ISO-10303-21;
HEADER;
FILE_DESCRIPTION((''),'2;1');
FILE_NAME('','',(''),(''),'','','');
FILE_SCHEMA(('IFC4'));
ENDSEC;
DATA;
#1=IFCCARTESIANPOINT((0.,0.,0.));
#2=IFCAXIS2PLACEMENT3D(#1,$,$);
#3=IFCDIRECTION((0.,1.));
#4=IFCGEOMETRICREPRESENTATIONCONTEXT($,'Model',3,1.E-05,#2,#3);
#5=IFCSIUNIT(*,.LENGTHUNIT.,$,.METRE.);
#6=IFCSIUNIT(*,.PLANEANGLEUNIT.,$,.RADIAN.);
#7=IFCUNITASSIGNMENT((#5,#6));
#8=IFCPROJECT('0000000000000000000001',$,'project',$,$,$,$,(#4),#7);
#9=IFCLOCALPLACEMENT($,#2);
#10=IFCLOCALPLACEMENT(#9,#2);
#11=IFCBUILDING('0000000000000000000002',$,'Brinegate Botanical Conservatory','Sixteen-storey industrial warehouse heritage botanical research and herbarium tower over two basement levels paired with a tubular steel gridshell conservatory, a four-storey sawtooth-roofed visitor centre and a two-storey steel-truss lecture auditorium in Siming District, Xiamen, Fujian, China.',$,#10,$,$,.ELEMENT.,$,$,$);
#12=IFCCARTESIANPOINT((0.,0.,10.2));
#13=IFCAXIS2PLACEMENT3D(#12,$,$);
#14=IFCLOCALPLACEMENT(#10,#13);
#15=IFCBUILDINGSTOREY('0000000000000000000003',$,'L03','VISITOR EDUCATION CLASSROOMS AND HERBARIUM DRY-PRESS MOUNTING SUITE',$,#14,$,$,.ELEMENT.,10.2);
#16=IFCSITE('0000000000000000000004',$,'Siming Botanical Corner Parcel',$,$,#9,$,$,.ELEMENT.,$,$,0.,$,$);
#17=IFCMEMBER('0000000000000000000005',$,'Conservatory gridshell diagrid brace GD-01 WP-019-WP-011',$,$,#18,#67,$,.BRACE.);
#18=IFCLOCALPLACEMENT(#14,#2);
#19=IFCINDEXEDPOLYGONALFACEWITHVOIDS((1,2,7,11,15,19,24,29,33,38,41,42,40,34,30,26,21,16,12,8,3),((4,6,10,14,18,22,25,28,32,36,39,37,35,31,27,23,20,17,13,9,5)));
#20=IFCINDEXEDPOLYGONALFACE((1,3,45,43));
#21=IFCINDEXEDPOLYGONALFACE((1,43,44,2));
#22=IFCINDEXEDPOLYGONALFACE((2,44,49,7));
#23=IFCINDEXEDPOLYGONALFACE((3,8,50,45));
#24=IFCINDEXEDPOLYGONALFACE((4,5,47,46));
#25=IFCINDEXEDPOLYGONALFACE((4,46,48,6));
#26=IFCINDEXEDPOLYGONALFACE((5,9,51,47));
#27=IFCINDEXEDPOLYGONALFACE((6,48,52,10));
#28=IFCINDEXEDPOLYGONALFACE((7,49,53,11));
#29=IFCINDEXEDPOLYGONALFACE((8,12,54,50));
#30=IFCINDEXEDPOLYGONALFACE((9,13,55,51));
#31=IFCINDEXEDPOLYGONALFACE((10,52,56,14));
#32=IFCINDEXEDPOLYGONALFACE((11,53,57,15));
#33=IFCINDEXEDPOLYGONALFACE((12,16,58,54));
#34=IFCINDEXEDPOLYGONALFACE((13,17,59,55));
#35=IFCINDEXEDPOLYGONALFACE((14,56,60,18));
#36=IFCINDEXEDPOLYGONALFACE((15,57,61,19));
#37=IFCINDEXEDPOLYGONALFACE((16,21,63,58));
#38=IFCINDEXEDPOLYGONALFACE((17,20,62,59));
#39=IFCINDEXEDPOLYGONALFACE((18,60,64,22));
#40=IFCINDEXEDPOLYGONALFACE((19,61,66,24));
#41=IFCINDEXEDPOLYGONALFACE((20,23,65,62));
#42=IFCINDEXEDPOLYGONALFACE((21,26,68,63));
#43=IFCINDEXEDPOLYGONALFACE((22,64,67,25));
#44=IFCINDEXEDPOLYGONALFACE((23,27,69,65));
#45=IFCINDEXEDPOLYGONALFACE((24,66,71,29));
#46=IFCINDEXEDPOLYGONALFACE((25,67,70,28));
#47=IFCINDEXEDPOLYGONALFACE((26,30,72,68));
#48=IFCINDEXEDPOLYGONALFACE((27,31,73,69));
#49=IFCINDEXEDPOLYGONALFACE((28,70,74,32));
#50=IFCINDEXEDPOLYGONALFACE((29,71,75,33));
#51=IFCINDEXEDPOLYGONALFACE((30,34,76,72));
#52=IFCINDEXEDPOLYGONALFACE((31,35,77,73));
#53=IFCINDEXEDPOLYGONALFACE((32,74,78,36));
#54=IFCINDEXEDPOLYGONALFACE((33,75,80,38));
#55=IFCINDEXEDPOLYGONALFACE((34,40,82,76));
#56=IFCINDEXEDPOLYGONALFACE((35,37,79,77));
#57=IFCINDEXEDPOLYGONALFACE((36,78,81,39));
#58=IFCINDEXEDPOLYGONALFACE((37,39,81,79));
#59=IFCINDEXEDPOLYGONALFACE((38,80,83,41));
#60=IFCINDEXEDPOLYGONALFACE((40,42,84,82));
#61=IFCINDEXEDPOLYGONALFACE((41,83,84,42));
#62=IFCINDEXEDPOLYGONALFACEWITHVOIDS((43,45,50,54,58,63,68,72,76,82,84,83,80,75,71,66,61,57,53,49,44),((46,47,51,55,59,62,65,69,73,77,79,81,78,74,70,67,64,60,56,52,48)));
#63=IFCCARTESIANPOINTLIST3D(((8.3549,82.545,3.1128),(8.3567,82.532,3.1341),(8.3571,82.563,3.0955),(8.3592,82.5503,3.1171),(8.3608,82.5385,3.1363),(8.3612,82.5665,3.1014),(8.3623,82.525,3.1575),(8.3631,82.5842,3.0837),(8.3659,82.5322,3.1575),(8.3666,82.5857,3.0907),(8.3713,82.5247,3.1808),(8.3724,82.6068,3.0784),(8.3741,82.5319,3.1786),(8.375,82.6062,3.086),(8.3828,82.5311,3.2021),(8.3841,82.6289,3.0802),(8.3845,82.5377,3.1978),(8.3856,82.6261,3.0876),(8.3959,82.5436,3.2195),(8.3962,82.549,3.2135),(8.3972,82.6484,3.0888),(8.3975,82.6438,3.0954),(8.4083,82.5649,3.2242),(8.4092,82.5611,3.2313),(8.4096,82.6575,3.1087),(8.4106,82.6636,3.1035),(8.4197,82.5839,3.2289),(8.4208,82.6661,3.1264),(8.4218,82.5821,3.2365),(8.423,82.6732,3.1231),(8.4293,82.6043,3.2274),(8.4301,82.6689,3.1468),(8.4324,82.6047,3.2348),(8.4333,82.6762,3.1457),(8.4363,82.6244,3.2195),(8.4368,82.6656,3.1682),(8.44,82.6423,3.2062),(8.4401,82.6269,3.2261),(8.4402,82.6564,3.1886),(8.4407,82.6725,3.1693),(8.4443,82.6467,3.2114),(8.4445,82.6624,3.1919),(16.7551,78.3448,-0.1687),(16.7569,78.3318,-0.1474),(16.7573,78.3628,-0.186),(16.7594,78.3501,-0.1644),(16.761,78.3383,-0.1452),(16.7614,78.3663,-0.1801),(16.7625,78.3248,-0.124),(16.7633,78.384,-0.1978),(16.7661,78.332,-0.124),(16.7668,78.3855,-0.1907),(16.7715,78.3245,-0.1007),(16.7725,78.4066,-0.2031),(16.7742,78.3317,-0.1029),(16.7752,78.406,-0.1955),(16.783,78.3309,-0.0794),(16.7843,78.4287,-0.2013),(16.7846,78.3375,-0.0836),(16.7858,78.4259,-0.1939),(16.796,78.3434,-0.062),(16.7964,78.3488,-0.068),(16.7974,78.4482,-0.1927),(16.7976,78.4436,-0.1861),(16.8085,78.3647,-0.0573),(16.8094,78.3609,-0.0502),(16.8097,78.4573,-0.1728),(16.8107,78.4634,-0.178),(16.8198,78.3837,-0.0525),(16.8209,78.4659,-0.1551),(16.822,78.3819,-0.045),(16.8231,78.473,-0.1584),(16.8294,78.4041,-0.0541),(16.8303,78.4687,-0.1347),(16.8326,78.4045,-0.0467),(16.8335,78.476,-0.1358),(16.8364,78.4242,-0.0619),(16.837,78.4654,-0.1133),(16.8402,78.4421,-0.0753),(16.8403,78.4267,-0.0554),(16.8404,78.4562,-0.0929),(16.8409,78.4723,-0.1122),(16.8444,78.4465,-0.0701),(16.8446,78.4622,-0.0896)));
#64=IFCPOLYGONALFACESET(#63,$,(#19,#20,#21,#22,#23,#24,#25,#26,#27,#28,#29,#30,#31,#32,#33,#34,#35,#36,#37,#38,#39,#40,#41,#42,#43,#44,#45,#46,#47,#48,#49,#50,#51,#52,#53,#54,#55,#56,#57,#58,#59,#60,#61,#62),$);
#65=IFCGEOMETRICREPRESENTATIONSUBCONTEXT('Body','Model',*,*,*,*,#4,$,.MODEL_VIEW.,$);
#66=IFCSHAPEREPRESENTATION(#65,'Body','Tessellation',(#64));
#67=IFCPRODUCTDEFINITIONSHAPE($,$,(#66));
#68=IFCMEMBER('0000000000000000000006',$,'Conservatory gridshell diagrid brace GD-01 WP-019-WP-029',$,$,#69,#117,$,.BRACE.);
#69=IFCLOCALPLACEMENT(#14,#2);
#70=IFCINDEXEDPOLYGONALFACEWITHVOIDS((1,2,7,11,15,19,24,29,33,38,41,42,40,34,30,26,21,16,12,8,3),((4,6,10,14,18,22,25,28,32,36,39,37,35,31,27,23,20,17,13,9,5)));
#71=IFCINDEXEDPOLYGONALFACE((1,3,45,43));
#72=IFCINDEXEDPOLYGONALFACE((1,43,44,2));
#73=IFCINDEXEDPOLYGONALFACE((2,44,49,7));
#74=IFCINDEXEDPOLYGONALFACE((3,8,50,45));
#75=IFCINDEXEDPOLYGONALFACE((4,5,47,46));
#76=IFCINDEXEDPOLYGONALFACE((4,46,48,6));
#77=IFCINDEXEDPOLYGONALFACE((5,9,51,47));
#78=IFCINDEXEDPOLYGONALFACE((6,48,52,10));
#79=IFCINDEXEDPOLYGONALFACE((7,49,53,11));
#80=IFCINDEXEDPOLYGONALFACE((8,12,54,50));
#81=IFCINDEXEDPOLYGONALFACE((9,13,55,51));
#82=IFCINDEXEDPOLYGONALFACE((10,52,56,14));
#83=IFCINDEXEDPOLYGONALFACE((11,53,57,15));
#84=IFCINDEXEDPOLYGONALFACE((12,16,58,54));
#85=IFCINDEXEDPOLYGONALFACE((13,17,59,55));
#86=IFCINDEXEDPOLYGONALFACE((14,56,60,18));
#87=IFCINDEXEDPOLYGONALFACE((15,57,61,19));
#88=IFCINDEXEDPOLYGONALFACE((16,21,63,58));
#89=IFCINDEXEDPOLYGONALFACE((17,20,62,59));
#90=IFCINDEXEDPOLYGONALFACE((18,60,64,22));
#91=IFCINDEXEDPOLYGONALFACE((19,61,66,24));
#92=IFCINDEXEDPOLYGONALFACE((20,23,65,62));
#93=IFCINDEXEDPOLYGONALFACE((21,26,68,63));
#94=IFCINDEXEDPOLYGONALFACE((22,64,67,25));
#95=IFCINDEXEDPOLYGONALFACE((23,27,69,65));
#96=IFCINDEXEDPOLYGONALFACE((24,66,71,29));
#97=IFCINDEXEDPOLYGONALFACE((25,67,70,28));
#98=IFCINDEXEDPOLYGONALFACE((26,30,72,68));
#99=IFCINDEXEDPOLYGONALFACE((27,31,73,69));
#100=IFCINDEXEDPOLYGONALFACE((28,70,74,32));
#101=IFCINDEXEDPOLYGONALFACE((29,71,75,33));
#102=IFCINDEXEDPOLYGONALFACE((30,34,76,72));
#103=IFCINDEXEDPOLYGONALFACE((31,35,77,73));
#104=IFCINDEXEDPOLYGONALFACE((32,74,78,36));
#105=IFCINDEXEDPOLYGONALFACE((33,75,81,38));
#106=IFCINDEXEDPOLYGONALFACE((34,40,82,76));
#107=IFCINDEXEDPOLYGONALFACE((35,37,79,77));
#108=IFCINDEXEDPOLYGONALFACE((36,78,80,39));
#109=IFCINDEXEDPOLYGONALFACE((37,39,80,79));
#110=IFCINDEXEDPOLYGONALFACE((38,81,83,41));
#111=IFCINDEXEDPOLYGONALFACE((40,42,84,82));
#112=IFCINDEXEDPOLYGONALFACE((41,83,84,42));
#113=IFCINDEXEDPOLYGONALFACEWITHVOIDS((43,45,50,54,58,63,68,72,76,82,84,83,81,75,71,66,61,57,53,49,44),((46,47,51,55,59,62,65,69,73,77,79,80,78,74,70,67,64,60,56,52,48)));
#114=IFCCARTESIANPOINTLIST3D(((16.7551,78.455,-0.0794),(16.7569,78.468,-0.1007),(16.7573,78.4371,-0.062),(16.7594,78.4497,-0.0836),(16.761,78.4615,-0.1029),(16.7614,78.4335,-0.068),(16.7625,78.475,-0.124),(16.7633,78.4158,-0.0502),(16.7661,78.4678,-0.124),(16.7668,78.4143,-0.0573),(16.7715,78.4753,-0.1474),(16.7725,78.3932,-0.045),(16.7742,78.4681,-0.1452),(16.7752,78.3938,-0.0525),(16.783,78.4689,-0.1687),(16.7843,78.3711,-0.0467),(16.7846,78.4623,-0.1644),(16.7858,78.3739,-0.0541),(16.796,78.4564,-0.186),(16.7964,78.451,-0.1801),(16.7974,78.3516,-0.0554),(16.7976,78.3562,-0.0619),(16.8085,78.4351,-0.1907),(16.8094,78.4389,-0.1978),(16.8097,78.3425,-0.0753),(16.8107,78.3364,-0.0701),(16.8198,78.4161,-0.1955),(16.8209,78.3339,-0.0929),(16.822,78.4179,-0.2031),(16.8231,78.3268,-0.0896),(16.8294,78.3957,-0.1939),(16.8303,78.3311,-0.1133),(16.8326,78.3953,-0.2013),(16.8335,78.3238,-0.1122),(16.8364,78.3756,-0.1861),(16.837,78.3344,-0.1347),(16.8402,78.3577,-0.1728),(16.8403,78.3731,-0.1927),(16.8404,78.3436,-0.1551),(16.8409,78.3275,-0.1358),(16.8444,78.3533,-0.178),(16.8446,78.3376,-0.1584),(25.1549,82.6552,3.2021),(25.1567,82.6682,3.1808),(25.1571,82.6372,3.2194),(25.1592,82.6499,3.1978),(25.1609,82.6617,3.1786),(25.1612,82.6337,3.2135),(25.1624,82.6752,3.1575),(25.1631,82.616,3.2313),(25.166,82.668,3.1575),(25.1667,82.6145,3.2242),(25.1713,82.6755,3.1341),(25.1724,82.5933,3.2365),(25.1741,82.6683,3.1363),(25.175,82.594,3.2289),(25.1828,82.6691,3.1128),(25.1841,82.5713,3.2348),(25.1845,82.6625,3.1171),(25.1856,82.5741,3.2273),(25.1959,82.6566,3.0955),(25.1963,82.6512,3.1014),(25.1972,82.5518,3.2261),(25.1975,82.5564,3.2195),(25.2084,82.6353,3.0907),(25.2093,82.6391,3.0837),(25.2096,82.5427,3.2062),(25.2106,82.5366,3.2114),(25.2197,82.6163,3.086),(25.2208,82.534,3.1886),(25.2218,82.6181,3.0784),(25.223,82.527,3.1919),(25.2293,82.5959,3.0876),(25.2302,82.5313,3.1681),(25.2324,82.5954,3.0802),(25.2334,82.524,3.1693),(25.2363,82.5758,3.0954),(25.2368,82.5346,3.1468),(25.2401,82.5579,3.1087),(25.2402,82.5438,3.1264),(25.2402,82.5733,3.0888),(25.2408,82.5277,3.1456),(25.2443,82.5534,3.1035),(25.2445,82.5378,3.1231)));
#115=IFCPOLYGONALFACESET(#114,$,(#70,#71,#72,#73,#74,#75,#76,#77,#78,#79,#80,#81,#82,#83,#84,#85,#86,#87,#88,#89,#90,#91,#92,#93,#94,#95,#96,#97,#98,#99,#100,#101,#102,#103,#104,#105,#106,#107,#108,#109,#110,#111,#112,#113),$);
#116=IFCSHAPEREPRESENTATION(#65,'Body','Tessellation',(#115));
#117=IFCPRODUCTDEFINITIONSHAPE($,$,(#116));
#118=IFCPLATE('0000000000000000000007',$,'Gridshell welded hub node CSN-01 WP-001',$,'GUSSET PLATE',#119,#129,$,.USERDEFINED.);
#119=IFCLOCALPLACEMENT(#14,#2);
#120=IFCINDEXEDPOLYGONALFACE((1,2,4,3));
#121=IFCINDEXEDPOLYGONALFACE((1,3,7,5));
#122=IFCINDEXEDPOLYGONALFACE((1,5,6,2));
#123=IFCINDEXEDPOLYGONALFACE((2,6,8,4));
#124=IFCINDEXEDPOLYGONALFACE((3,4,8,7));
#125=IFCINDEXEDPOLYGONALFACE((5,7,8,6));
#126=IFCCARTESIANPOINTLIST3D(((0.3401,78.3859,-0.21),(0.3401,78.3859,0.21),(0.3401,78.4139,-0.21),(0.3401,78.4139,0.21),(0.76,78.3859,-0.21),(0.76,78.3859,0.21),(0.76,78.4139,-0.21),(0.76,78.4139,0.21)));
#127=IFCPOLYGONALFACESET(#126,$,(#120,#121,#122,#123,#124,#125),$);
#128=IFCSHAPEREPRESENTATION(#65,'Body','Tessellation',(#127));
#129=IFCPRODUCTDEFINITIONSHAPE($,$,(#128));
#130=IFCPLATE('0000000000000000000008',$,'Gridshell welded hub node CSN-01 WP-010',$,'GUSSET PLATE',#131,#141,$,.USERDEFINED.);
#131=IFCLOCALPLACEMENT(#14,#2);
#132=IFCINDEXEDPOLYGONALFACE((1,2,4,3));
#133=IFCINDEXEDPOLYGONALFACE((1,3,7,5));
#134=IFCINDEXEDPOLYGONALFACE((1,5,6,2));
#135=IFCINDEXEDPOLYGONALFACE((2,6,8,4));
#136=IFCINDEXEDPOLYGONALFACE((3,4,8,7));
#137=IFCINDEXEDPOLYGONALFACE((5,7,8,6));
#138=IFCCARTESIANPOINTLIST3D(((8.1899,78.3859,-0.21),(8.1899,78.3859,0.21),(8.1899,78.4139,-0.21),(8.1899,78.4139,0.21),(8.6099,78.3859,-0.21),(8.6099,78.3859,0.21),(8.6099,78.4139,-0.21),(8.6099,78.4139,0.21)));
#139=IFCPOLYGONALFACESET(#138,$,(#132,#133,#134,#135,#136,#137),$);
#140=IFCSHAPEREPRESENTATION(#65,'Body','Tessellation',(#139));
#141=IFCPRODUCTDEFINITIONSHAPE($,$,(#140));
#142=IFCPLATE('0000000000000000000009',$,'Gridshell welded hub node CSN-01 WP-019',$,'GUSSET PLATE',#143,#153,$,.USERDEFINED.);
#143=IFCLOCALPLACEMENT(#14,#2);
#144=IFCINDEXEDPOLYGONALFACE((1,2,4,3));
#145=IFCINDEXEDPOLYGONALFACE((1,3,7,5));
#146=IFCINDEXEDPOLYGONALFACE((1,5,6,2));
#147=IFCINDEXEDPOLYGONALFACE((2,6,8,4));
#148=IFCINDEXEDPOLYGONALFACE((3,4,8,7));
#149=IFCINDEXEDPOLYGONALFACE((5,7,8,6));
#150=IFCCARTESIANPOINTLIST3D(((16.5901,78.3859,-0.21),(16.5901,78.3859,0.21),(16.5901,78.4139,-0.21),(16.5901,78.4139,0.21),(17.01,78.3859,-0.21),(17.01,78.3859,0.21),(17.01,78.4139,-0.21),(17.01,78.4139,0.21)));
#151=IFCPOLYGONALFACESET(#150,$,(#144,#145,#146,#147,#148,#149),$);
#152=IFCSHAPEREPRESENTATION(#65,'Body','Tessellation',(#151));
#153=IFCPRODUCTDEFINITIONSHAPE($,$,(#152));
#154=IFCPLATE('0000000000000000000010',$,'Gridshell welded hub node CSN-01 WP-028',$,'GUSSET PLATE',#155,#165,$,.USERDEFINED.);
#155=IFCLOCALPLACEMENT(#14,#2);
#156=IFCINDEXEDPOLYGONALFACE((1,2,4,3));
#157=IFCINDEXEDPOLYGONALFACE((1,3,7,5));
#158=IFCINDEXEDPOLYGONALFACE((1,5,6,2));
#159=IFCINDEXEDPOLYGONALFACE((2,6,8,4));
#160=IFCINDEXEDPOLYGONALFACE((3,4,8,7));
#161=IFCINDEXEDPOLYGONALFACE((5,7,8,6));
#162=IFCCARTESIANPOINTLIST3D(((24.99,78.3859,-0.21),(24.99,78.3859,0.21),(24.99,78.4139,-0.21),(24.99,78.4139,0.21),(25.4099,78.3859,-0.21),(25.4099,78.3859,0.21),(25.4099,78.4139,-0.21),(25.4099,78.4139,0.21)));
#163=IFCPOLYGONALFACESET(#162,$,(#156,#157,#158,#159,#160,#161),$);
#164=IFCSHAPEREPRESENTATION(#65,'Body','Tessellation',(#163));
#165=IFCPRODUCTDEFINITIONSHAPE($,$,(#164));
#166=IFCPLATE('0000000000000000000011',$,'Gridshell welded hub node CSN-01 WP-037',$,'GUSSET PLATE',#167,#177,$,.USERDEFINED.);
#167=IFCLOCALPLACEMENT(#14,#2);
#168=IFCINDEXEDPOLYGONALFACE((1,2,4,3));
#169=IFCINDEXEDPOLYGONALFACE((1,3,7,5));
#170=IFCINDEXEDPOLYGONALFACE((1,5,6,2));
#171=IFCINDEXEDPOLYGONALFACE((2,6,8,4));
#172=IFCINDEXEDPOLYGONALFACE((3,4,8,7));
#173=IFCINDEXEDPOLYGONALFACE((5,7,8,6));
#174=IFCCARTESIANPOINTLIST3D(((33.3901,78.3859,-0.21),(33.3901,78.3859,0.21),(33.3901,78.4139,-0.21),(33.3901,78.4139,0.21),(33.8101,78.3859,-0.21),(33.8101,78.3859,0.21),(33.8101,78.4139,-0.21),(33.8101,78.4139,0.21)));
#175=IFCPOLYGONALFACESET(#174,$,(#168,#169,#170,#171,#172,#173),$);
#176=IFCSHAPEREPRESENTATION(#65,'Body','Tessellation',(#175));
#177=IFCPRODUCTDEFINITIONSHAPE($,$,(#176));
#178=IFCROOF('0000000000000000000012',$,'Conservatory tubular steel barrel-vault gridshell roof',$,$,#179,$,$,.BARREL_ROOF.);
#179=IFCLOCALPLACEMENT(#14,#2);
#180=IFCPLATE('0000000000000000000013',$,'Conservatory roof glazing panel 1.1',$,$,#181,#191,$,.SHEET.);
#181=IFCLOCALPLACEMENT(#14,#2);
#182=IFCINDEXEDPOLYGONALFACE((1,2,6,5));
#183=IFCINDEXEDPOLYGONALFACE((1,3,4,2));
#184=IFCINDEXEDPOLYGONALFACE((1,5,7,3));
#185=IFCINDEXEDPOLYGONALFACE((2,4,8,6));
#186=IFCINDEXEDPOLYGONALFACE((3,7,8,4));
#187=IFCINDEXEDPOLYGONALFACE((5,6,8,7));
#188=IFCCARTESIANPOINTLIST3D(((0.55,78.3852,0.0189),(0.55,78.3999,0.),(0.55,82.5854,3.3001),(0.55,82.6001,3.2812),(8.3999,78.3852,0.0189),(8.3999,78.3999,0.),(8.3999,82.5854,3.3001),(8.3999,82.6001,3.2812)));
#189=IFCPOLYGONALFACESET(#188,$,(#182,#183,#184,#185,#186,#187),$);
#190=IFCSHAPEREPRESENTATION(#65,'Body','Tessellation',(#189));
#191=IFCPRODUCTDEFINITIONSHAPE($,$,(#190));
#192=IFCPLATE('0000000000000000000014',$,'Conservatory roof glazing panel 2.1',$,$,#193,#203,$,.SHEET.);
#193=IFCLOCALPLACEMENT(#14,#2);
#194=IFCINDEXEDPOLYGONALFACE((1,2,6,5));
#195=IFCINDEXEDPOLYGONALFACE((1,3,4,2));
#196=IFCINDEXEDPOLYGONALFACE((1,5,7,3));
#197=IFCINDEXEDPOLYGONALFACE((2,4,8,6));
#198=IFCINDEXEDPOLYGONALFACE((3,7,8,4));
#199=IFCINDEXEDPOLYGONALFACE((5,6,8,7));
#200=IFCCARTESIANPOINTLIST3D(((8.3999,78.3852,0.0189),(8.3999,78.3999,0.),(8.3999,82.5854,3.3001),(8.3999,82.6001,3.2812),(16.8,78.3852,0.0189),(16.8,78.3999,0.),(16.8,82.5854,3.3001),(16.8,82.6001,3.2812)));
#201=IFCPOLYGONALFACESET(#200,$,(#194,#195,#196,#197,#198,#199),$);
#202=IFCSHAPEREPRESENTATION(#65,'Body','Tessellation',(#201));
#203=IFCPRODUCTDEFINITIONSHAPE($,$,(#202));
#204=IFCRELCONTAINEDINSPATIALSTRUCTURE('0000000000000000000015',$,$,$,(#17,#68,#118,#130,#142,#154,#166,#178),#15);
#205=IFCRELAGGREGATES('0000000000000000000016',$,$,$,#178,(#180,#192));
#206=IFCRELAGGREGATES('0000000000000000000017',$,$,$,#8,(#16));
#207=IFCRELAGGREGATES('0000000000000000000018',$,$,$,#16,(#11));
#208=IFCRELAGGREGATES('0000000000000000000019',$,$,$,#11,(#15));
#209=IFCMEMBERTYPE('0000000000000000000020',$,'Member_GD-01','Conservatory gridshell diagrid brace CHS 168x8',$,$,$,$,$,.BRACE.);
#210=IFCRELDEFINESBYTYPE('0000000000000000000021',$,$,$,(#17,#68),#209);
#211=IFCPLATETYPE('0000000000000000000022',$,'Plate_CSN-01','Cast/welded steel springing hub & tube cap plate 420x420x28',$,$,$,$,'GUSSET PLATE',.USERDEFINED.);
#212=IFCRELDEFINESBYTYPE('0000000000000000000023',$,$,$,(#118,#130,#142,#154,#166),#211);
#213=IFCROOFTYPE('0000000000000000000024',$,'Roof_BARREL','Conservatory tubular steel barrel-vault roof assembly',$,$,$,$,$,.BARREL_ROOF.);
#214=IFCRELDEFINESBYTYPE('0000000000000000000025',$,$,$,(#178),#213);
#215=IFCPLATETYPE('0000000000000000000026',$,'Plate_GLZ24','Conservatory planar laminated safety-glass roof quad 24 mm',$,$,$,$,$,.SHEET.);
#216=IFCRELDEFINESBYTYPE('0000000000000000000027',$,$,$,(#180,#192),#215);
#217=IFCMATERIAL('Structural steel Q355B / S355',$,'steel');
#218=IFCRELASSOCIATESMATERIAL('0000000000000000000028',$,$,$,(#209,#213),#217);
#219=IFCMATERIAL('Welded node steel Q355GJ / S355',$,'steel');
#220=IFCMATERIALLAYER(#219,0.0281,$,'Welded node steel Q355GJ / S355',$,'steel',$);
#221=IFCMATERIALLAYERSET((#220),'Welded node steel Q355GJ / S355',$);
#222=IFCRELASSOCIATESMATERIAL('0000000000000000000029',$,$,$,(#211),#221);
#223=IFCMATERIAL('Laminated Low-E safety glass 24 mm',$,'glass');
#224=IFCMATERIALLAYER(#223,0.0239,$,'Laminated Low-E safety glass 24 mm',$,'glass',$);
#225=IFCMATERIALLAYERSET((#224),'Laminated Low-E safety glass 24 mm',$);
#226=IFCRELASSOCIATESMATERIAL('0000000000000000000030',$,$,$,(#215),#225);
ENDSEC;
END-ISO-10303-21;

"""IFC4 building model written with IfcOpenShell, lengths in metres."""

from ifc_helpers import new_model, si_unit, direction, frame, origin, origin_2d, place, context, subcontext, project, spatial, polyline, rectangle, hollow_circle, outline, extrude, material, layer, layer_set, material_profile, profile_set, type_object, element, aggregate, save


model = new_model("IFC4")

# Units and contexts
model_context = context("Model", 3, precision=1e-05, world=origin(), true_north=direction((0.0, 1.0)))
body_context = subcontext(model_context, "Body", "Model", "MODEL_VIEW")
ifc_project = project(units=[si_unit("LENGTHUNIT", "METRE"), si_unit("PLANEANGLEUNIT", "RADIAN")], contexts=[model_context])

# Site, building, storey
site_placement = place(None, origin())
site = spatial("IfcSite", under=ifc_project, at=site_placement, Name="Siming Botanical Corner Parcel", CompositionType="ELEMENT", RefElevation=0.0)
building_placement = place(site_placement, origin())
building = spatial("IfcBuilding", under=site, at=building_placement, Name="Brinegate Botanical Conservatory", Description="Sixteen-storey industrial warehouse heritage botanical research and herbarium tower over two basement levels paired with a tubular steel gridshell conservatory, a four-storey sawtooth-roofed visitor centre and a two-storey steel-truss lecture auditorium in Siming District, Xiamen, Fujian, China.", CompositionType="ELEMENT")
storey_placement = place(building_placement, frame((0.0, 0.0, 10.2)))
storey = spatial("IfcBuildingStorey", under=building, at=storey_placement, Name="L03", Description="VISITOR EDUCATION CLASSROOMS AND HERBARIUM DRY-PRESS MOUNTING SUITE", CompositionType="ELEMENT", Elevation=10.2)

# Shared definitions
ifc_material_1 = material(Name="Structural steel Q355B / S355", Category="steel")

# Members
ifc_material_profile_1 = material_profile(ifc_material_1, hollow_circle(Radius=0.084, WallThickness=0.0081, at=origin_2d()), Name="CHS 168x8")
ifc_profile_set_1 = profile_set([ifc_material_profile_1], Name="Structural steel Q355B / S355")
member_type = type_object("IfcMemberType", Name="Member_GD-01", Description="Conservatory gridshell diagrid brace CHS 168x8", PredefinedType="BRACE", material=ifc_profile_set_1)
member_1_placement = place(storey_placement, frame((16.8, 78.3999, -0.124), z_axis=(-0.844365, 0.422195, 0.329849), x_axis=(-0.447224, -0.894422, 0.0)))
element("IfcMember", 1, at=member_1_placement, inside=storey, type_object=member_type, Name="Conservatory gridshell diagrid brace GD-01 WP-019-WP-011", PredefinedType="BRACE", context=body_context, shape_type="SweptSolid", body=[
    extrude(hollow_circle(Radius=0.084, WallThickness=0.0081, at=origin_2d()), origin(), (0.0, 0.0, 1.0), 9.9485),
])
member_2_placement = place(storey_placement, frame((16.8, 78.3999, -0.124), z_axis=(0.844358, 0.422203, 0.329856), x_axis=(-0.447234, 0.894417, 0.0)))
element("IfcMember", 2, at=member_2_placement, inside=storey, type_object=member_type, Name="Conservatory gridshell diagrid brace GD-01 WP-019-WP-029", PredefinedType="BRACE", context=body_context, shape_type="SweptSolid", body=[
    extrude(hollow_circle(Radius=0.084, WallThickness=0.0081, at=origin_2d()), origin(), (0.0, 0.0, 1.0), 9.9482),
])

# Plates
ifc_material_2 = material(Name="Welded node steel Q355GJ / S355", Category="steel")
ifc_layer_1 = layer(ifc_material_2, 0.0281, Name="Welded node steel Q355GJ / S355", Category="steel")
ifc_layer_set_1 = layer_set([ifc_layer_1], Name="Welded node steel Q355GJ / S355")
plate_type_1 = type_object("IfcPlateType", Name="Plate_CSN-01", Description="Cast/welded steel springing hub & tube cap plate 420x420x28", ElementType="GUSSET PLATE", PredefinedType="USERDEFINED", material=ifc_layer_set_1)
for number, where, z_axis, x_axis, name in (
    (3, (0.55, 78.3999, -0.21), (0.0, 0.0, 1.0), (1.0, 0.0, 0.0), "Gridshell welded hub node CSN-01 WP-001"),
    (4, (8.3999, 78.3999, -0.21), (0.0, 0.0, 1.0), (1.0, 0.0, 0.0), "Gridshell welded hub node CSN-01 WP-010"),
    (5, (16.8, 78.3999, -0.21), (0.0, 0.0, 1.0), (1.0, 0.0, 0.0), "Gridshell welded hub node CSN-01 WP-019"),
    (6, (25.2, 78.3999, -0.21), (0.0, 0.0, 1.0), (1.0, 0.0, 0.0), "Gridshell welded hub node CSN-01 WP-028"),
    (7, (33.6001, 78.3999, -0.21), (0.0, 0.0, 1.0), (1.0, 0.0, 0.0), "Gridshell welded hub node CSN-01 WP-037"),
):
    element("IfcPlate", number, at=place(storey_placement, frame(where, z_axis=z_axis, x_axis=x_axis)), inside=storey, type_object=plate_type_1, Name=name, ObjectType="GUSSET PLATE", PredefinedType="USERDEFINED", context=body_context, shape_type="SweptSolid", body=[
        extrude(rectangle(XDim=0.4199, YDim=0.0281, at=origin_2d()), origin(), (0.0, 0.0, 1.0), 0.4199),
    ])

# Roof, plates
roof_type_1 = type_object("IfcRoofType", Name="Roof_BARREL", Description="Conservatory tubular steel barrel-vault roof assembly", PredefinedType="BARREL_ROOF", material=ifc_material_1)
roof_1_placement = place(storey_placement, origin())
roof_1 = element("IfcRoof", 8, at=roof_1_placement, inside=storey, type_object=roof_type_1, Name="Conservatory tubular steel barrel-vault gridshell roof", PredefinedType="BARREL_ROOF")
ifc_material_3 = material(Name="Laminated Low-E safety glass 24 mm", Category="glass")
ifc_layer_2 = layer(ifc_material_3, 0.0239, Name="Laminated Low-E safety glass 24 mm", Category="glass")
ifc_layer_set_2 = layer_set([ifc_layer_2], Name="Laminated Low-E safety glass 24 mm")
plate_type_2 = type_object("IfcPlateType", Name="Plate_GLZ24", Description="Conservatory planar laminated safety-glass roof quad 24 mm", PredefinedType="SHEET", material=ifc_layer_set_2)
plate_1_placement = place(storey_placement, frame((0.55, 78.3999, 0.0), z_axis=(0.0, -0.615626, 0.788038), x_axis=(1.0, 0.0, 0.0)))
plate_1 = element("IfcPlate", 9, at=plate_1_placement, type_object=plate_type_2, Name="Conservatory roof glazing panel 1.1", PredefinedType="SHEET", context=body_context, shape_type="SweptSolid", body=[
    extrude(outline(polyline([(0.0, 0.0), (7.8499, 0.0), (7.8499, 5.3299), (0.0, 5.3299), (0.0, 0.0)])), origin(), (0.0, 0.0, 1.0), 0.0239),
])
plate_2_placement = place(storey_placement, frame((8.3999, 78.3999, 0.0), z_axis=(0.0, -0.615626, 0.788038), x_axis=(1.0, 0.0, 0.0)))
plate_2 = element("IfcPlate", 10, at=plate_2_placement, type_object=plate_type_2, Name="Conservatory roof glazing panel 2.1", PredefinedType="SHEET", context=body_context, shape_type="SweptSolid", body=[
    extrude(outline(polyline([(0.0, 0.0), (8.4001, 0.0), (8.4001, 5.3299), (0.0, 5.3299), (0.0, 0.0)])), origin(), (0.0, 0.0, 1.0), 0.0239),
])
aggregate(roof_1, [plate_1, plate_2])

save(model, "model.ifc")
